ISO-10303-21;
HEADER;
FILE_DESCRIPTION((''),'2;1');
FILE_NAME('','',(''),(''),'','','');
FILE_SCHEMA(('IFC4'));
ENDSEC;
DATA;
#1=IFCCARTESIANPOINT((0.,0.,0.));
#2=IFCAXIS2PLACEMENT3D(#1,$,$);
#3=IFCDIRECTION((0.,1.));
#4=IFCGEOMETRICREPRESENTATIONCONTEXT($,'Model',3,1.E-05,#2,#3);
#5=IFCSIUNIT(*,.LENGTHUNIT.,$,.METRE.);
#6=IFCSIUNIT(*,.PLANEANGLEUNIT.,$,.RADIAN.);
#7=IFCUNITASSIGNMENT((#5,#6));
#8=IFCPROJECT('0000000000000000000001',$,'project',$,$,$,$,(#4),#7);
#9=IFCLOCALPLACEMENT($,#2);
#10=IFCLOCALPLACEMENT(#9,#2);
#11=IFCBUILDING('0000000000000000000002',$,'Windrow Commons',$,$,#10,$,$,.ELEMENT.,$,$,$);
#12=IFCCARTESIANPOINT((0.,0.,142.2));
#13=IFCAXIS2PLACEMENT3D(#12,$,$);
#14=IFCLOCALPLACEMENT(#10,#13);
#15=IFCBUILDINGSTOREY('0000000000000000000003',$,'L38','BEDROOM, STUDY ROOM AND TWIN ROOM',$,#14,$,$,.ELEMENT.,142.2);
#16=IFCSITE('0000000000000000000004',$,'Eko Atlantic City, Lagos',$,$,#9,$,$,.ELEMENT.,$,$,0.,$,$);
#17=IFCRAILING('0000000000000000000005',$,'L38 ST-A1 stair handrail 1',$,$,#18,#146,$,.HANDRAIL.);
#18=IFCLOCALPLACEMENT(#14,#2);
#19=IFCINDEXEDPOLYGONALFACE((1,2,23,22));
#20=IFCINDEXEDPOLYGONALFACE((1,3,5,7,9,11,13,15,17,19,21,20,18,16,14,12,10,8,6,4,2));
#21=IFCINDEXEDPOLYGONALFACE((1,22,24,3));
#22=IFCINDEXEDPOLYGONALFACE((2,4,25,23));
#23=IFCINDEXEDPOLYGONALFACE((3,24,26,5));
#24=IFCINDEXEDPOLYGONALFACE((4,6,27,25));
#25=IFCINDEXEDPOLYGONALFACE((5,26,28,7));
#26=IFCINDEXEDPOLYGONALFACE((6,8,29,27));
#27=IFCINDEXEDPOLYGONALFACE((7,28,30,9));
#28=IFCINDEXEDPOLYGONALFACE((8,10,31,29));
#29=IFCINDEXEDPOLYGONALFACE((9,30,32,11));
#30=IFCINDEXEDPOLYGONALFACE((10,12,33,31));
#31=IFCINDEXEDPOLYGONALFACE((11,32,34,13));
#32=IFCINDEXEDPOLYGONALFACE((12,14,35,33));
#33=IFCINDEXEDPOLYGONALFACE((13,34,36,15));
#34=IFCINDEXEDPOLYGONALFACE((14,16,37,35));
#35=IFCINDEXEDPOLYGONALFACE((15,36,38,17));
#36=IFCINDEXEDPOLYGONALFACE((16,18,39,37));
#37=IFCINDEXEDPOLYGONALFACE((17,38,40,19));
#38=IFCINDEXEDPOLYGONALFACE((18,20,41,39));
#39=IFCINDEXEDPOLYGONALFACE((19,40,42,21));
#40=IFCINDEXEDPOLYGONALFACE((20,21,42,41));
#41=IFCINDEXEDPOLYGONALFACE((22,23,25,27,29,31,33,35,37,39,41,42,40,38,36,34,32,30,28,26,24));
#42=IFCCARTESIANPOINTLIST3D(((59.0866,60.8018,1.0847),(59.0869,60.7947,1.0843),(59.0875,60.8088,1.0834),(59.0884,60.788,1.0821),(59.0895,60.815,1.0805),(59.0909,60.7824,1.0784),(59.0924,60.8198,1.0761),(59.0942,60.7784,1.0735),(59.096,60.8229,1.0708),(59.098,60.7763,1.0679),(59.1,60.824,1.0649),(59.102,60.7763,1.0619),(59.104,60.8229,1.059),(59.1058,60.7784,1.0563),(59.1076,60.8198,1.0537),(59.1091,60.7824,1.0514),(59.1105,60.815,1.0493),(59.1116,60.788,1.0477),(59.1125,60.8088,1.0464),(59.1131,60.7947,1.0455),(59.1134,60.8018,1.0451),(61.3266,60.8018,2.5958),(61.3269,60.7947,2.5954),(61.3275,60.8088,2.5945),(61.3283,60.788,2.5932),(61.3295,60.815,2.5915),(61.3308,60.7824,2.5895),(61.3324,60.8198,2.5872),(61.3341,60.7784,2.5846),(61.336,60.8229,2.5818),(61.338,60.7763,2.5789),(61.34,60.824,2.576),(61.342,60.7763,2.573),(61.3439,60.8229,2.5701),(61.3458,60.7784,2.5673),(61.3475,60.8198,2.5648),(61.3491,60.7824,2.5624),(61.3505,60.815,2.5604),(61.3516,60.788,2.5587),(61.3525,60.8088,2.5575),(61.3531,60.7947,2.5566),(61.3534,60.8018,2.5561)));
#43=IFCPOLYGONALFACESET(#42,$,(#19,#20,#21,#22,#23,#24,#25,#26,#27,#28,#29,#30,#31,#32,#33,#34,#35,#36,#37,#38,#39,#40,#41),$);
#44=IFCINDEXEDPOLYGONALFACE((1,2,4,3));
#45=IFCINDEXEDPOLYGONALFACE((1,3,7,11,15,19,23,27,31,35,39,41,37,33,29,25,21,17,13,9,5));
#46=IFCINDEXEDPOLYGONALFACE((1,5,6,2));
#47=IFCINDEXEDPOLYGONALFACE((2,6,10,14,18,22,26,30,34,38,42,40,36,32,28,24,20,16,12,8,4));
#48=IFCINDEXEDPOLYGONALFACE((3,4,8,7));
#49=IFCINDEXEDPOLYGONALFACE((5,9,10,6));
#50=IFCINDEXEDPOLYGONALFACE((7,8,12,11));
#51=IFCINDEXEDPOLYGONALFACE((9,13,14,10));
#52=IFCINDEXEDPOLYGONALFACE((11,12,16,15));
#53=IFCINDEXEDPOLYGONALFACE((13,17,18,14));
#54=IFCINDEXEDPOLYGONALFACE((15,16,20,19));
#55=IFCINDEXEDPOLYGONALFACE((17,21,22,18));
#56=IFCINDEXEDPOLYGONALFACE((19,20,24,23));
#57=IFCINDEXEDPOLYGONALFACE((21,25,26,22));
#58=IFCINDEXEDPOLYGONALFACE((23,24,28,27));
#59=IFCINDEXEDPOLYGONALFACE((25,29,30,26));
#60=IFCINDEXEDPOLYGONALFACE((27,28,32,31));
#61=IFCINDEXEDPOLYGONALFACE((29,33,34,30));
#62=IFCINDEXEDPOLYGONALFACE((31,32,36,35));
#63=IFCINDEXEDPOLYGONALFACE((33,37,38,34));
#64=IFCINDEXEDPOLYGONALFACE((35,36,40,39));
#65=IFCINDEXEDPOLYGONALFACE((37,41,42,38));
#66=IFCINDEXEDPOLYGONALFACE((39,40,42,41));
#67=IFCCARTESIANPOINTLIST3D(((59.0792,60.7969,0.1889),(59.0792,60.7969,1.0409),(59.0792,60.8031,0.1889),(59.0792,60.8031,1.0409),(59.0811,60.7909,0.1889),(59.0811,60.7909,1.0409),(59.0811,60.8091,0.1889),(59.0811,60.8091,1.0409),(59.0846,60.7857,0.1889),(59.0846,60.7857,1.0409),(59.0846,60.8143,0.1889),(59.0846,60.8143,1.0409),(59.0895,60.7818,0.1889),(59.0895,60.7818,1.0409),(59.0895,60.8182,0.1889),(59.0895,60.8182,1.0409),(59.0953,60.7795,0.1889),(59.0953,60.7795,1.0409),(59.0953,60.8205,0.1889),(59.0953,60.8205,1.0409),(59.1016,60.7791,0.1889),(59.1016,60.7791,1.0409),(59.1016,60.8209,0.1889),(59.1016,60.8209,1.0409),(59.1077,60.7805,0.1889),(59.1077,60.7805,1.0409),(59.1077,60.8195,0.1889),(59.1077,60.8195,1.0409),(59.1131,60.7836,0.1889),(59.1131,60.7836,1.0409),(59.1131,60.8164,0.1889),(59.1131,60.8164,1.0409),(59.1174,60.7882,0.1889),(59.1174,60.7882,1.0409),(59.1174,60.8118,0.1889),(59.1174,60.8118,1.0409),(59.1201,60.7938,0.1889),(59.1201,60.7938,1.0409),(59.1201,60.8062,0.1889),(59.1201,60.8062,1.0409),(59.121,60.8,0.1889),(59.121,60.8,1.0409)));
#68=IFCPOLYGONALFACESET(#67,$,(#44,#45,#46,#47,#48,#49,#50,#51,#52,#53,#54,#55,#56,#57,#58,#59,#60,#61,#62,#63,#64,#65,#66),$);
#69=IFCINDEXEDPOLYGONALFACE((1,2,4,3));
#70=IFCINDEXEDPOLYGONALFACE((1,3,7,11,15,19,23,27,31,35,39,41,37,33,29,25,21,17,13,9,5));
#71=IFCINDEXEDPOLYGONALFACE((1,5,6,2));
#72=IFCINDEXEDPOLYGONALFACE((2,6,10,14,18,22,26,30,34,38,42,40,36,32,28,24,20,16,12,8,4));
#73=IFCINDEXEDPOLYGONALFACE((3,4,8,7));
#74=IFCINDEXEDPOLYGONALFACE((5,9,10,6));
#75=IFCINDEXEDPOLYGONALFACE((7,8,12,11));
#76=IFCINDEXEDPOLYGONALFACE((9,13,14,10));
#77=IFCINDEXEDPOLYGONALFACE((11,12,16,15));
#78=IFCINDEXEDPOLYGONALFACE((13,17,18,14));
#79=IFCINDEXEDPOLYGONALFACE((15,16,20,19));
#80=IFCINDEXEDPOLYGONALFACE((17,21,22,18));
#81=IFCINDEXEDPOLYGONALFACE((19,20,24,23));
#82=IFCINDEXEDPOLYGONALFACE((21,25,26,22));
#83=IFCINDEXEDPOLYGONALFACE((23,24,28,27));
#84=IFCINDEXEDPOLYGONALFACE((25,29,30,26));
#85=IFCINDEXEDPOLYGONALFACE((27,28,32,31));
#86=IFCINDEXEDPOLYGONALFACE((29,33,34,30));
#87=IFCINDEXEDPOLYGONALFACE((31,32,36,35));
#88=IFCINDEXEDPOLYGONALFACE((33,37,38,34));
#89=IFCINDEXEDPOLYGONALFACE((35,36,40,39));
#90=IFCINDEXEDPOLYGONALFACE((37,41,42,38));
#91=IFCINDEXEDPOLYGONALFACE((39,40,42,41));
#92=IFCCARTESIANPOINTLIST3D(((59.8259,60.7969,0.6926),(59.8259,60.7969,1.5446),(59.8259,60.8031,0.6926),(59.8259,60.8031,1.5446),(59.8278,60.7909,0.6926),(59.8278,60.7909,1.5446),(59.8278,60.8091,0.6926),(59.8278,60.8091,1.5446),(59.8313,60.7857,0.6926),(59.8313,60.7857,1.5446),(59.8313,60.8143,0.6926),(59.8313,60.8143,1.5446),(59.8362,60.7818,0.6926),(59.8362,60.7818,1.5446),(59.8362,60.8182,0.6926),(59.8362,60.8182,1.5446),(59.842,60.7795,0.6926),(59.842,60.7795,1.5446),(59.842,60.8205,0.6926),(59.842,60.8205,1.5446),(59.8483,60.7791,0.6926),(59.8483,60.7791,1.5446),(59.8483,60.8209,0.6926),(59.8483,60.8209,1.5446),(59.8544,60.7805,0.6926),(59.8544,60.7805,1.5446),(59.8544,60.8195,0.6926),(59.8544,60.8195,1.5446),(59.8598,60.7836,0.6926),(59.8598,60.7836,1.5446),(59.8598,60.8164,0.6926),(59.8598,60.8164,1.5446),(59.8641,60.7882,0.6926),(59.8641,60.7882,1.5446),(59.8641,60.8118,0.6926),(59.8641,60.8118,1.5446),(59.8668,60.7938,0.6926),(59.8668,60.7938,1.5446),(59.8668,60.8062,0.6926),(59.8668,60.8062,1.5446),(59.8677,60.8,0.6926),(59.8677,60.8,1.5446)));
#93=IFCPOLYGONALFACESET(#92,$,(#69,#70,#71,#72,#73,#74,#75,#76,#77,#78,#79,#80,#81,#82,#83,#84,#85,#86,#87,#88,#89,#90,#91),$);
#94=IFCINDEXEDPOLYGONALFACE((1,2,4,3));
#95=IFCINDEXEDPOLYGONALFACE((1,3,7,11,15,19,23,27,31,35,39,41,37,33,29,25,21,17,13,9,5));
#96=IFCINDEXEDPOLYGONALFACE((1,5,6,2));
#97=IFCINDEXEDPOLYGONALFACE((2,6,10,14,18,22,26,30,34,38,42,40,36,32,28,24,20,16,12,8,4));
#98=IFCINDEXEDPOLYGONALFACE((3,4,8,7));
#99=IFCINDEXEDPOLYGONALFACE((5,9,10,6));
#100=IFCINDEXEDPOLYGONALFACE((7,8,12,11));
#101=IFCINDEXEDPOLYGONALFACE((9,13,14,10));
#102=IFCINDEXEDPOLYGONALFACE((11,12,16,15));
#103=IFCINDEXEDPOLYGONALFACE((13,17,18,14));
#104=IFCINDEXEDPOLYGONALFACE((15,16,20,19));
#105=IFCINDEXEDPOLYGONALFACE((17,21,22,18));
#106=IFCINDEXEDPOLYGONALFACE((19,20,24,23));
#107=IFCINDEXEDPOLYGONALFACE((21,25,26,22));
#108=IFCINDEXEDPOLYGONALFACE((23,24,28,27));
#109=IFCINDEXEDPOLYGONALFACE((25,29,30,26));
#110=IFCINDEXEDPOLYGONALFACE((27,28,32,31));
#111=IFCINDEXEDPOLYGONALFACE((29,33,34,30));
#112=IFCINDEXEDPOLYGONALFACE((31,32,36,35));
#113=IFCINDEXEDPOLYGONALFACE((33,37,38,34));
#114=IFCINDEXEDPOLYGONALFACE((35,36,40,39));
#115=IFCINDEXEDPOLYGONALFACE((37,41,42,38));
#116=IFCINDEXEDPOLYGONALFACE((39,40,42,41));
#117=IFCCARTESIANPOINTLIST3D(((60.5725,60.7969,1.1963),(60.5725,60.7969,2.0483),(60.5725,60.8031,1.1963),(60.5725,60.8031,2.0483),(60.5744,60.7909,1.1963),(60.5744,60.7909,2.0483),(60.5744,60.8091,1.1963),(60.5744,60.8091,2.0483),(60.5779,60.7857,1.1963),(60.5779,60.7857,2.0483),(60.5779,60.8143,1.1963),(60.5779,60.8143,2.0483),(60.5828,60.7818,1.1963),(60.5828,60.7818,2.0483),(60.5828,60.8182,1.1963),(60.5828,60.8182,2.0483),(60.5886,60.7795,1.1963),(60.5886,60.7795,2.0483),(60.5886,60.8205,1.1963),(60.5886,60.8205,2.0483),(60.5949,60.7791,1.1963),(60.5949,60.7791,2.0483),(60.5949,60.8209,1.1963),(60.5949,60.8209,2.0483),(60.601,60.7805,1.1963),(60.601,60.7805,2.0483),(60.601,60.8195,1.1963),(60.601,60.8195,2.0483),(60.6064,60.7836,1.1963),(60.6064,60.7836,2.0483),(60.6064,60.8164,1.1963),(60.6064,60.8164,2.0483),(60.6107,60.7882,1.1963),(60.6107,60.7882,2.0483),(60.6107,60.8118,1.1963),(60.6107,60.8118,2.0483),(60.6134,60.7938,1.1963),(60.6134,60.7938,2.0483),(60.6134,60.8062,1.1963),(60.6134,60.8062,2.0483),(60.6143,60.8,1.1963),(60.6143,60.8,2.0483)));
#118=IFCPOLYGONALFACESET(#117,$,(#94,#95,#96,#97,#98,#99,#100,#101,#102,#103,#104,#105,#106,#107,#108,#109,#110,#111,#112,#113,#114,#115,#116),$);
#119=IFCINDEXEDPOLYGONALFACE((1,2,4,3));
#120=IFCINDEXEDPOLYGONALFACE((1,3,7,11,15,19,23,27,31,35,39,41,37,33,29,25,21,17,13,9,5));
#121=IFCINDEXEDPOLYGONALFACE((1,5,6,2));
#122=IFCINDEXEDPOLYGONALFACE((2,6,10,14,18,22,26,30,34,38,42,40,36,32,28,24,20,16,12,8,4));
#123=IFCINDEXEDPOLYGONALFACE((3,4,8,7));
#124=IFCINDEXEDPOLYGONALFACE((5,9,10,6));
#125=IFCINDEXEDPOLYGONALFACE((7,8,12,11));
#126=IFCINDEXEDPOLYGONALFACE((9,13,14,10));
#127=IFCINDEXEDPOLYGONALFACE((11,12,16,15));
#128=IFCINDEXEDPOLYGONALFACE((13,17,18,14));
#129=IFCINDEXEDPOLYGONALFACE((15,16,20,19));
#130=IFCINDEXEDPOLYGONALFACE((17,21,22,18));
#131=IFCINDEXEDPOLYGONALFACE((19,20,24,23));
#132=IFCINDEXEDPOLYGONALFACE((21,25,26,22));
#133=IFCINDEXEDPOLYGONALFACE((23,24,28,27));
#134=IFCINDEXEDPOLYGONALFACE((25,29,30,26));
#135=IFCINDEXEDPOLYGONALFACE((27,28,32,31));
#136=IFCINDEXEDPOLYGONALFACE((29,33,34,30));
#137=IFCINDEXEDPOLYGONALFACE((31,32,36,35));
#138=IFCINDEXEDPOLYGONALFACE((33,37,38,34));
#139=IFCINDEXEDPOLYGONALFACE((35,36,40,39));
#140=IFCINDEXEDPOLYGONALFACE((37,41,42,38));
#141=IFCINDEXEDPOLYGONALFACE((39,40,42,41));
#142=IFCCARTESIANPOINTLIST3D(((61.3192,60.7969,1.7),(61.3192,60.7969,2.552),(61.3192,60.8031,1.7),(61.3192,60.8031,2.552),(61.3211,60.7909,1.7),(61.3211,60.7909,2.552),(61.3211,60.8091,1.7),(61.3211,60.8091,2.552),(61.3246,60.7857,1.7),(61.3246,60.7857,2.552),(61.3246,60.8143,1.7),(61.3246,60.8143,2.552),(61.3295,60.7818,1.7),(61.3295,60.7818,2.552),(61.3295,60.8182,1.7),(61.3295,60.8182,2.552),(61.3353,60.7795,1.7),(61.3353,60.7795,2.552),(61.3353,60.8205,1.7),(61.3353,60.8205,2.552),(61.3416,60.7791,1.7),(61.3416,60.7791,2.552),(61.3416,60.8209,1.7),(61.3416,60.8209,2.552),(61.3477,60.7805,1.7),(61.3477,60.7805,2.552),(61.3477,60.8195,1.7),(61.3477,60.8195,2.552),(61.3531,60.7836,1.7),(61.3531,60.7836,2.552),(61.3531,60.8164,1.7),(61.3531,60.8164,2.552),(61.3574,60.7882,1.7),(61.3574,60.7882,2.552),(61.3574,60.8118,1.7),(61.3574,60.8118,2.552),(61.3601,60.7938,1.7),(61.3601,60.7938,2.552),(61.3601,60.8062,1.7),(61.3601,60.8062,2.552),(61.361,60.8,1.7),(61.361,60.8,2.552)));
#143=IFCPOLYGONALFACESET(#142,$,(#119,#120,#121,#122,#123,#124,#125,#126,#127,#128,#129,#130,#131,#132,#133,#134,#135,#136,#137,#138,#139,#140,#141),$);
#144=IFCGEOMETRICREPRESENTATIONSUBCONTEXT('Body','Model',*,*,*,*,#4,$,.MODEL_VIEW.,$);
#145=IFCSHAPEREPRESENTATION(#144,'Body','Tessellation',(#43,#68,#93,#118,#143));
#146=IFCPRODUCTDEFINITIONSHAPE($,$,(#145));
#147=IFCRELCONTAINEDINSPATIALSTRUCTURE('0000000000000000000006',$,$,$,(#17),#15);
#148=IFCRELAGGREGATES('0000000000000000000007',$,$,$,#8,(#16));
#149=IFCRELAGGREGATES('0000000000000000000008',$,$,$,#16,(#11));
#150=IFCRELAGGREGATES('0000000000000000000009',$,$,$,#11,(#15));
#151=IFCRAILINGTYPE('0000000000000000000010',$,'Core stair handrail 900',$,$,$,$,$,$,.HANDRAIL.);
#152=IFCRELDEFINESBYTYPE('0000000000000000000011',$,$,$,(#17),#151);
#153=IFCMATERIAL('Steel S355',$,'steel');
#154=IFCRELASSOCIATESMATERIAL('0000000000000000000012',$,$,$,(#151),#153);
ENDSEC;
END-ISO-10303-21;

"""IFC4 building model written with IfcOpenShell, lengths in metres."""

from ifc_helpers import new_model, si_unit, direction, frame, origin, origin_2d, place, context, subcontext, project, spatial, circle, extrude, material, type_object, element, save


model = new_model("IFC4")

# Units and contexts
model_context = context("Model", 3, precision=1e-05, world=origin(), true_north=direction((0.0, 1.0)))
body_context = subcontext(model_context, "Body", "Model", "MODEL_VIEW")
ifc_project = project(units=[si_unit("LENGTHUNIT", "METRE"), si_unit("PLANEANGLEUNIT", "RADIAN")], contexts=[model_context])

# Site, building, storey
site_placement = place(None, origin())
site = spatial("IfcSite", under=ifc_project, at=site_placement, Name="Eko Atlantic City, Lagos", CompositionType="ELEMENT", RefElevation=0.0)
building_placement = place(site_placement, origin())
building = spatial("IfcBuilding", under=site, at=building_placement, Name="Windrow Commons", CompositionType="ELEMENT")
storey_placement = place(building_placement, frame((0.0, 0.0, 142.2)))
storey = spatial("IfcBuildingStorey", under=building, at=storey_placement, Name="L38", Description="BEDROOM, STUDY ROOM AND TWIN ROOM", CompositionType="ELEMENT", Elevation=142.2)

# Railing
ifc_material_1 = material(Name="Steel S355", Category="steel")
railing_type = type_object("IfcRailingType", Name="Core stair handrail 900", PredefinedType="HANDRAIL", material=ifc_material_1)
railing_placement = place(storey_placement, frame((59.1, 60.8, 0.1889)))
element("IfcRailing", 1, at=railing_placement, inside=storey, type_object=railing_type, Name="L38 ST-A1 stair handrail 1", PredefinedType="HANDRAIL", context=body_context, shape_type="SweptSolid", body=[
    extrude(circle(Radius=0.024, at=origin_2d()), frame((0.0, 0.0, 0.876), z_axis=(0.829003, 0.0, 0.559244), x_axis=(0.0, 1.0, 0.0)), (0.0, 0.0, 1.0), 2.702),
    extrude(circle(Radius=0.021, at=origin_2d()), origin(), (0.0, 0.0, 1.0), 0.852),
    extrude(circle(Radius=0.021, at=origin_2d()), frame((0.7467, 0.0, 0.5037)), (0.0, 0.0, 1.0), 0.852),
    extrude(circle(Radius=0.021, at=origin_2d()), frame((1.4933, 0.0, 1.0074)), (0.0, 0.0, 1.0), 0.852),
    extrude(circle(Radius=0.021, at=origin_2d()), frame((2.24, 0.0, 1.5111)), (0.0, 0.0, 1.0), 0.852),
])

save(model, "model.ifc")
